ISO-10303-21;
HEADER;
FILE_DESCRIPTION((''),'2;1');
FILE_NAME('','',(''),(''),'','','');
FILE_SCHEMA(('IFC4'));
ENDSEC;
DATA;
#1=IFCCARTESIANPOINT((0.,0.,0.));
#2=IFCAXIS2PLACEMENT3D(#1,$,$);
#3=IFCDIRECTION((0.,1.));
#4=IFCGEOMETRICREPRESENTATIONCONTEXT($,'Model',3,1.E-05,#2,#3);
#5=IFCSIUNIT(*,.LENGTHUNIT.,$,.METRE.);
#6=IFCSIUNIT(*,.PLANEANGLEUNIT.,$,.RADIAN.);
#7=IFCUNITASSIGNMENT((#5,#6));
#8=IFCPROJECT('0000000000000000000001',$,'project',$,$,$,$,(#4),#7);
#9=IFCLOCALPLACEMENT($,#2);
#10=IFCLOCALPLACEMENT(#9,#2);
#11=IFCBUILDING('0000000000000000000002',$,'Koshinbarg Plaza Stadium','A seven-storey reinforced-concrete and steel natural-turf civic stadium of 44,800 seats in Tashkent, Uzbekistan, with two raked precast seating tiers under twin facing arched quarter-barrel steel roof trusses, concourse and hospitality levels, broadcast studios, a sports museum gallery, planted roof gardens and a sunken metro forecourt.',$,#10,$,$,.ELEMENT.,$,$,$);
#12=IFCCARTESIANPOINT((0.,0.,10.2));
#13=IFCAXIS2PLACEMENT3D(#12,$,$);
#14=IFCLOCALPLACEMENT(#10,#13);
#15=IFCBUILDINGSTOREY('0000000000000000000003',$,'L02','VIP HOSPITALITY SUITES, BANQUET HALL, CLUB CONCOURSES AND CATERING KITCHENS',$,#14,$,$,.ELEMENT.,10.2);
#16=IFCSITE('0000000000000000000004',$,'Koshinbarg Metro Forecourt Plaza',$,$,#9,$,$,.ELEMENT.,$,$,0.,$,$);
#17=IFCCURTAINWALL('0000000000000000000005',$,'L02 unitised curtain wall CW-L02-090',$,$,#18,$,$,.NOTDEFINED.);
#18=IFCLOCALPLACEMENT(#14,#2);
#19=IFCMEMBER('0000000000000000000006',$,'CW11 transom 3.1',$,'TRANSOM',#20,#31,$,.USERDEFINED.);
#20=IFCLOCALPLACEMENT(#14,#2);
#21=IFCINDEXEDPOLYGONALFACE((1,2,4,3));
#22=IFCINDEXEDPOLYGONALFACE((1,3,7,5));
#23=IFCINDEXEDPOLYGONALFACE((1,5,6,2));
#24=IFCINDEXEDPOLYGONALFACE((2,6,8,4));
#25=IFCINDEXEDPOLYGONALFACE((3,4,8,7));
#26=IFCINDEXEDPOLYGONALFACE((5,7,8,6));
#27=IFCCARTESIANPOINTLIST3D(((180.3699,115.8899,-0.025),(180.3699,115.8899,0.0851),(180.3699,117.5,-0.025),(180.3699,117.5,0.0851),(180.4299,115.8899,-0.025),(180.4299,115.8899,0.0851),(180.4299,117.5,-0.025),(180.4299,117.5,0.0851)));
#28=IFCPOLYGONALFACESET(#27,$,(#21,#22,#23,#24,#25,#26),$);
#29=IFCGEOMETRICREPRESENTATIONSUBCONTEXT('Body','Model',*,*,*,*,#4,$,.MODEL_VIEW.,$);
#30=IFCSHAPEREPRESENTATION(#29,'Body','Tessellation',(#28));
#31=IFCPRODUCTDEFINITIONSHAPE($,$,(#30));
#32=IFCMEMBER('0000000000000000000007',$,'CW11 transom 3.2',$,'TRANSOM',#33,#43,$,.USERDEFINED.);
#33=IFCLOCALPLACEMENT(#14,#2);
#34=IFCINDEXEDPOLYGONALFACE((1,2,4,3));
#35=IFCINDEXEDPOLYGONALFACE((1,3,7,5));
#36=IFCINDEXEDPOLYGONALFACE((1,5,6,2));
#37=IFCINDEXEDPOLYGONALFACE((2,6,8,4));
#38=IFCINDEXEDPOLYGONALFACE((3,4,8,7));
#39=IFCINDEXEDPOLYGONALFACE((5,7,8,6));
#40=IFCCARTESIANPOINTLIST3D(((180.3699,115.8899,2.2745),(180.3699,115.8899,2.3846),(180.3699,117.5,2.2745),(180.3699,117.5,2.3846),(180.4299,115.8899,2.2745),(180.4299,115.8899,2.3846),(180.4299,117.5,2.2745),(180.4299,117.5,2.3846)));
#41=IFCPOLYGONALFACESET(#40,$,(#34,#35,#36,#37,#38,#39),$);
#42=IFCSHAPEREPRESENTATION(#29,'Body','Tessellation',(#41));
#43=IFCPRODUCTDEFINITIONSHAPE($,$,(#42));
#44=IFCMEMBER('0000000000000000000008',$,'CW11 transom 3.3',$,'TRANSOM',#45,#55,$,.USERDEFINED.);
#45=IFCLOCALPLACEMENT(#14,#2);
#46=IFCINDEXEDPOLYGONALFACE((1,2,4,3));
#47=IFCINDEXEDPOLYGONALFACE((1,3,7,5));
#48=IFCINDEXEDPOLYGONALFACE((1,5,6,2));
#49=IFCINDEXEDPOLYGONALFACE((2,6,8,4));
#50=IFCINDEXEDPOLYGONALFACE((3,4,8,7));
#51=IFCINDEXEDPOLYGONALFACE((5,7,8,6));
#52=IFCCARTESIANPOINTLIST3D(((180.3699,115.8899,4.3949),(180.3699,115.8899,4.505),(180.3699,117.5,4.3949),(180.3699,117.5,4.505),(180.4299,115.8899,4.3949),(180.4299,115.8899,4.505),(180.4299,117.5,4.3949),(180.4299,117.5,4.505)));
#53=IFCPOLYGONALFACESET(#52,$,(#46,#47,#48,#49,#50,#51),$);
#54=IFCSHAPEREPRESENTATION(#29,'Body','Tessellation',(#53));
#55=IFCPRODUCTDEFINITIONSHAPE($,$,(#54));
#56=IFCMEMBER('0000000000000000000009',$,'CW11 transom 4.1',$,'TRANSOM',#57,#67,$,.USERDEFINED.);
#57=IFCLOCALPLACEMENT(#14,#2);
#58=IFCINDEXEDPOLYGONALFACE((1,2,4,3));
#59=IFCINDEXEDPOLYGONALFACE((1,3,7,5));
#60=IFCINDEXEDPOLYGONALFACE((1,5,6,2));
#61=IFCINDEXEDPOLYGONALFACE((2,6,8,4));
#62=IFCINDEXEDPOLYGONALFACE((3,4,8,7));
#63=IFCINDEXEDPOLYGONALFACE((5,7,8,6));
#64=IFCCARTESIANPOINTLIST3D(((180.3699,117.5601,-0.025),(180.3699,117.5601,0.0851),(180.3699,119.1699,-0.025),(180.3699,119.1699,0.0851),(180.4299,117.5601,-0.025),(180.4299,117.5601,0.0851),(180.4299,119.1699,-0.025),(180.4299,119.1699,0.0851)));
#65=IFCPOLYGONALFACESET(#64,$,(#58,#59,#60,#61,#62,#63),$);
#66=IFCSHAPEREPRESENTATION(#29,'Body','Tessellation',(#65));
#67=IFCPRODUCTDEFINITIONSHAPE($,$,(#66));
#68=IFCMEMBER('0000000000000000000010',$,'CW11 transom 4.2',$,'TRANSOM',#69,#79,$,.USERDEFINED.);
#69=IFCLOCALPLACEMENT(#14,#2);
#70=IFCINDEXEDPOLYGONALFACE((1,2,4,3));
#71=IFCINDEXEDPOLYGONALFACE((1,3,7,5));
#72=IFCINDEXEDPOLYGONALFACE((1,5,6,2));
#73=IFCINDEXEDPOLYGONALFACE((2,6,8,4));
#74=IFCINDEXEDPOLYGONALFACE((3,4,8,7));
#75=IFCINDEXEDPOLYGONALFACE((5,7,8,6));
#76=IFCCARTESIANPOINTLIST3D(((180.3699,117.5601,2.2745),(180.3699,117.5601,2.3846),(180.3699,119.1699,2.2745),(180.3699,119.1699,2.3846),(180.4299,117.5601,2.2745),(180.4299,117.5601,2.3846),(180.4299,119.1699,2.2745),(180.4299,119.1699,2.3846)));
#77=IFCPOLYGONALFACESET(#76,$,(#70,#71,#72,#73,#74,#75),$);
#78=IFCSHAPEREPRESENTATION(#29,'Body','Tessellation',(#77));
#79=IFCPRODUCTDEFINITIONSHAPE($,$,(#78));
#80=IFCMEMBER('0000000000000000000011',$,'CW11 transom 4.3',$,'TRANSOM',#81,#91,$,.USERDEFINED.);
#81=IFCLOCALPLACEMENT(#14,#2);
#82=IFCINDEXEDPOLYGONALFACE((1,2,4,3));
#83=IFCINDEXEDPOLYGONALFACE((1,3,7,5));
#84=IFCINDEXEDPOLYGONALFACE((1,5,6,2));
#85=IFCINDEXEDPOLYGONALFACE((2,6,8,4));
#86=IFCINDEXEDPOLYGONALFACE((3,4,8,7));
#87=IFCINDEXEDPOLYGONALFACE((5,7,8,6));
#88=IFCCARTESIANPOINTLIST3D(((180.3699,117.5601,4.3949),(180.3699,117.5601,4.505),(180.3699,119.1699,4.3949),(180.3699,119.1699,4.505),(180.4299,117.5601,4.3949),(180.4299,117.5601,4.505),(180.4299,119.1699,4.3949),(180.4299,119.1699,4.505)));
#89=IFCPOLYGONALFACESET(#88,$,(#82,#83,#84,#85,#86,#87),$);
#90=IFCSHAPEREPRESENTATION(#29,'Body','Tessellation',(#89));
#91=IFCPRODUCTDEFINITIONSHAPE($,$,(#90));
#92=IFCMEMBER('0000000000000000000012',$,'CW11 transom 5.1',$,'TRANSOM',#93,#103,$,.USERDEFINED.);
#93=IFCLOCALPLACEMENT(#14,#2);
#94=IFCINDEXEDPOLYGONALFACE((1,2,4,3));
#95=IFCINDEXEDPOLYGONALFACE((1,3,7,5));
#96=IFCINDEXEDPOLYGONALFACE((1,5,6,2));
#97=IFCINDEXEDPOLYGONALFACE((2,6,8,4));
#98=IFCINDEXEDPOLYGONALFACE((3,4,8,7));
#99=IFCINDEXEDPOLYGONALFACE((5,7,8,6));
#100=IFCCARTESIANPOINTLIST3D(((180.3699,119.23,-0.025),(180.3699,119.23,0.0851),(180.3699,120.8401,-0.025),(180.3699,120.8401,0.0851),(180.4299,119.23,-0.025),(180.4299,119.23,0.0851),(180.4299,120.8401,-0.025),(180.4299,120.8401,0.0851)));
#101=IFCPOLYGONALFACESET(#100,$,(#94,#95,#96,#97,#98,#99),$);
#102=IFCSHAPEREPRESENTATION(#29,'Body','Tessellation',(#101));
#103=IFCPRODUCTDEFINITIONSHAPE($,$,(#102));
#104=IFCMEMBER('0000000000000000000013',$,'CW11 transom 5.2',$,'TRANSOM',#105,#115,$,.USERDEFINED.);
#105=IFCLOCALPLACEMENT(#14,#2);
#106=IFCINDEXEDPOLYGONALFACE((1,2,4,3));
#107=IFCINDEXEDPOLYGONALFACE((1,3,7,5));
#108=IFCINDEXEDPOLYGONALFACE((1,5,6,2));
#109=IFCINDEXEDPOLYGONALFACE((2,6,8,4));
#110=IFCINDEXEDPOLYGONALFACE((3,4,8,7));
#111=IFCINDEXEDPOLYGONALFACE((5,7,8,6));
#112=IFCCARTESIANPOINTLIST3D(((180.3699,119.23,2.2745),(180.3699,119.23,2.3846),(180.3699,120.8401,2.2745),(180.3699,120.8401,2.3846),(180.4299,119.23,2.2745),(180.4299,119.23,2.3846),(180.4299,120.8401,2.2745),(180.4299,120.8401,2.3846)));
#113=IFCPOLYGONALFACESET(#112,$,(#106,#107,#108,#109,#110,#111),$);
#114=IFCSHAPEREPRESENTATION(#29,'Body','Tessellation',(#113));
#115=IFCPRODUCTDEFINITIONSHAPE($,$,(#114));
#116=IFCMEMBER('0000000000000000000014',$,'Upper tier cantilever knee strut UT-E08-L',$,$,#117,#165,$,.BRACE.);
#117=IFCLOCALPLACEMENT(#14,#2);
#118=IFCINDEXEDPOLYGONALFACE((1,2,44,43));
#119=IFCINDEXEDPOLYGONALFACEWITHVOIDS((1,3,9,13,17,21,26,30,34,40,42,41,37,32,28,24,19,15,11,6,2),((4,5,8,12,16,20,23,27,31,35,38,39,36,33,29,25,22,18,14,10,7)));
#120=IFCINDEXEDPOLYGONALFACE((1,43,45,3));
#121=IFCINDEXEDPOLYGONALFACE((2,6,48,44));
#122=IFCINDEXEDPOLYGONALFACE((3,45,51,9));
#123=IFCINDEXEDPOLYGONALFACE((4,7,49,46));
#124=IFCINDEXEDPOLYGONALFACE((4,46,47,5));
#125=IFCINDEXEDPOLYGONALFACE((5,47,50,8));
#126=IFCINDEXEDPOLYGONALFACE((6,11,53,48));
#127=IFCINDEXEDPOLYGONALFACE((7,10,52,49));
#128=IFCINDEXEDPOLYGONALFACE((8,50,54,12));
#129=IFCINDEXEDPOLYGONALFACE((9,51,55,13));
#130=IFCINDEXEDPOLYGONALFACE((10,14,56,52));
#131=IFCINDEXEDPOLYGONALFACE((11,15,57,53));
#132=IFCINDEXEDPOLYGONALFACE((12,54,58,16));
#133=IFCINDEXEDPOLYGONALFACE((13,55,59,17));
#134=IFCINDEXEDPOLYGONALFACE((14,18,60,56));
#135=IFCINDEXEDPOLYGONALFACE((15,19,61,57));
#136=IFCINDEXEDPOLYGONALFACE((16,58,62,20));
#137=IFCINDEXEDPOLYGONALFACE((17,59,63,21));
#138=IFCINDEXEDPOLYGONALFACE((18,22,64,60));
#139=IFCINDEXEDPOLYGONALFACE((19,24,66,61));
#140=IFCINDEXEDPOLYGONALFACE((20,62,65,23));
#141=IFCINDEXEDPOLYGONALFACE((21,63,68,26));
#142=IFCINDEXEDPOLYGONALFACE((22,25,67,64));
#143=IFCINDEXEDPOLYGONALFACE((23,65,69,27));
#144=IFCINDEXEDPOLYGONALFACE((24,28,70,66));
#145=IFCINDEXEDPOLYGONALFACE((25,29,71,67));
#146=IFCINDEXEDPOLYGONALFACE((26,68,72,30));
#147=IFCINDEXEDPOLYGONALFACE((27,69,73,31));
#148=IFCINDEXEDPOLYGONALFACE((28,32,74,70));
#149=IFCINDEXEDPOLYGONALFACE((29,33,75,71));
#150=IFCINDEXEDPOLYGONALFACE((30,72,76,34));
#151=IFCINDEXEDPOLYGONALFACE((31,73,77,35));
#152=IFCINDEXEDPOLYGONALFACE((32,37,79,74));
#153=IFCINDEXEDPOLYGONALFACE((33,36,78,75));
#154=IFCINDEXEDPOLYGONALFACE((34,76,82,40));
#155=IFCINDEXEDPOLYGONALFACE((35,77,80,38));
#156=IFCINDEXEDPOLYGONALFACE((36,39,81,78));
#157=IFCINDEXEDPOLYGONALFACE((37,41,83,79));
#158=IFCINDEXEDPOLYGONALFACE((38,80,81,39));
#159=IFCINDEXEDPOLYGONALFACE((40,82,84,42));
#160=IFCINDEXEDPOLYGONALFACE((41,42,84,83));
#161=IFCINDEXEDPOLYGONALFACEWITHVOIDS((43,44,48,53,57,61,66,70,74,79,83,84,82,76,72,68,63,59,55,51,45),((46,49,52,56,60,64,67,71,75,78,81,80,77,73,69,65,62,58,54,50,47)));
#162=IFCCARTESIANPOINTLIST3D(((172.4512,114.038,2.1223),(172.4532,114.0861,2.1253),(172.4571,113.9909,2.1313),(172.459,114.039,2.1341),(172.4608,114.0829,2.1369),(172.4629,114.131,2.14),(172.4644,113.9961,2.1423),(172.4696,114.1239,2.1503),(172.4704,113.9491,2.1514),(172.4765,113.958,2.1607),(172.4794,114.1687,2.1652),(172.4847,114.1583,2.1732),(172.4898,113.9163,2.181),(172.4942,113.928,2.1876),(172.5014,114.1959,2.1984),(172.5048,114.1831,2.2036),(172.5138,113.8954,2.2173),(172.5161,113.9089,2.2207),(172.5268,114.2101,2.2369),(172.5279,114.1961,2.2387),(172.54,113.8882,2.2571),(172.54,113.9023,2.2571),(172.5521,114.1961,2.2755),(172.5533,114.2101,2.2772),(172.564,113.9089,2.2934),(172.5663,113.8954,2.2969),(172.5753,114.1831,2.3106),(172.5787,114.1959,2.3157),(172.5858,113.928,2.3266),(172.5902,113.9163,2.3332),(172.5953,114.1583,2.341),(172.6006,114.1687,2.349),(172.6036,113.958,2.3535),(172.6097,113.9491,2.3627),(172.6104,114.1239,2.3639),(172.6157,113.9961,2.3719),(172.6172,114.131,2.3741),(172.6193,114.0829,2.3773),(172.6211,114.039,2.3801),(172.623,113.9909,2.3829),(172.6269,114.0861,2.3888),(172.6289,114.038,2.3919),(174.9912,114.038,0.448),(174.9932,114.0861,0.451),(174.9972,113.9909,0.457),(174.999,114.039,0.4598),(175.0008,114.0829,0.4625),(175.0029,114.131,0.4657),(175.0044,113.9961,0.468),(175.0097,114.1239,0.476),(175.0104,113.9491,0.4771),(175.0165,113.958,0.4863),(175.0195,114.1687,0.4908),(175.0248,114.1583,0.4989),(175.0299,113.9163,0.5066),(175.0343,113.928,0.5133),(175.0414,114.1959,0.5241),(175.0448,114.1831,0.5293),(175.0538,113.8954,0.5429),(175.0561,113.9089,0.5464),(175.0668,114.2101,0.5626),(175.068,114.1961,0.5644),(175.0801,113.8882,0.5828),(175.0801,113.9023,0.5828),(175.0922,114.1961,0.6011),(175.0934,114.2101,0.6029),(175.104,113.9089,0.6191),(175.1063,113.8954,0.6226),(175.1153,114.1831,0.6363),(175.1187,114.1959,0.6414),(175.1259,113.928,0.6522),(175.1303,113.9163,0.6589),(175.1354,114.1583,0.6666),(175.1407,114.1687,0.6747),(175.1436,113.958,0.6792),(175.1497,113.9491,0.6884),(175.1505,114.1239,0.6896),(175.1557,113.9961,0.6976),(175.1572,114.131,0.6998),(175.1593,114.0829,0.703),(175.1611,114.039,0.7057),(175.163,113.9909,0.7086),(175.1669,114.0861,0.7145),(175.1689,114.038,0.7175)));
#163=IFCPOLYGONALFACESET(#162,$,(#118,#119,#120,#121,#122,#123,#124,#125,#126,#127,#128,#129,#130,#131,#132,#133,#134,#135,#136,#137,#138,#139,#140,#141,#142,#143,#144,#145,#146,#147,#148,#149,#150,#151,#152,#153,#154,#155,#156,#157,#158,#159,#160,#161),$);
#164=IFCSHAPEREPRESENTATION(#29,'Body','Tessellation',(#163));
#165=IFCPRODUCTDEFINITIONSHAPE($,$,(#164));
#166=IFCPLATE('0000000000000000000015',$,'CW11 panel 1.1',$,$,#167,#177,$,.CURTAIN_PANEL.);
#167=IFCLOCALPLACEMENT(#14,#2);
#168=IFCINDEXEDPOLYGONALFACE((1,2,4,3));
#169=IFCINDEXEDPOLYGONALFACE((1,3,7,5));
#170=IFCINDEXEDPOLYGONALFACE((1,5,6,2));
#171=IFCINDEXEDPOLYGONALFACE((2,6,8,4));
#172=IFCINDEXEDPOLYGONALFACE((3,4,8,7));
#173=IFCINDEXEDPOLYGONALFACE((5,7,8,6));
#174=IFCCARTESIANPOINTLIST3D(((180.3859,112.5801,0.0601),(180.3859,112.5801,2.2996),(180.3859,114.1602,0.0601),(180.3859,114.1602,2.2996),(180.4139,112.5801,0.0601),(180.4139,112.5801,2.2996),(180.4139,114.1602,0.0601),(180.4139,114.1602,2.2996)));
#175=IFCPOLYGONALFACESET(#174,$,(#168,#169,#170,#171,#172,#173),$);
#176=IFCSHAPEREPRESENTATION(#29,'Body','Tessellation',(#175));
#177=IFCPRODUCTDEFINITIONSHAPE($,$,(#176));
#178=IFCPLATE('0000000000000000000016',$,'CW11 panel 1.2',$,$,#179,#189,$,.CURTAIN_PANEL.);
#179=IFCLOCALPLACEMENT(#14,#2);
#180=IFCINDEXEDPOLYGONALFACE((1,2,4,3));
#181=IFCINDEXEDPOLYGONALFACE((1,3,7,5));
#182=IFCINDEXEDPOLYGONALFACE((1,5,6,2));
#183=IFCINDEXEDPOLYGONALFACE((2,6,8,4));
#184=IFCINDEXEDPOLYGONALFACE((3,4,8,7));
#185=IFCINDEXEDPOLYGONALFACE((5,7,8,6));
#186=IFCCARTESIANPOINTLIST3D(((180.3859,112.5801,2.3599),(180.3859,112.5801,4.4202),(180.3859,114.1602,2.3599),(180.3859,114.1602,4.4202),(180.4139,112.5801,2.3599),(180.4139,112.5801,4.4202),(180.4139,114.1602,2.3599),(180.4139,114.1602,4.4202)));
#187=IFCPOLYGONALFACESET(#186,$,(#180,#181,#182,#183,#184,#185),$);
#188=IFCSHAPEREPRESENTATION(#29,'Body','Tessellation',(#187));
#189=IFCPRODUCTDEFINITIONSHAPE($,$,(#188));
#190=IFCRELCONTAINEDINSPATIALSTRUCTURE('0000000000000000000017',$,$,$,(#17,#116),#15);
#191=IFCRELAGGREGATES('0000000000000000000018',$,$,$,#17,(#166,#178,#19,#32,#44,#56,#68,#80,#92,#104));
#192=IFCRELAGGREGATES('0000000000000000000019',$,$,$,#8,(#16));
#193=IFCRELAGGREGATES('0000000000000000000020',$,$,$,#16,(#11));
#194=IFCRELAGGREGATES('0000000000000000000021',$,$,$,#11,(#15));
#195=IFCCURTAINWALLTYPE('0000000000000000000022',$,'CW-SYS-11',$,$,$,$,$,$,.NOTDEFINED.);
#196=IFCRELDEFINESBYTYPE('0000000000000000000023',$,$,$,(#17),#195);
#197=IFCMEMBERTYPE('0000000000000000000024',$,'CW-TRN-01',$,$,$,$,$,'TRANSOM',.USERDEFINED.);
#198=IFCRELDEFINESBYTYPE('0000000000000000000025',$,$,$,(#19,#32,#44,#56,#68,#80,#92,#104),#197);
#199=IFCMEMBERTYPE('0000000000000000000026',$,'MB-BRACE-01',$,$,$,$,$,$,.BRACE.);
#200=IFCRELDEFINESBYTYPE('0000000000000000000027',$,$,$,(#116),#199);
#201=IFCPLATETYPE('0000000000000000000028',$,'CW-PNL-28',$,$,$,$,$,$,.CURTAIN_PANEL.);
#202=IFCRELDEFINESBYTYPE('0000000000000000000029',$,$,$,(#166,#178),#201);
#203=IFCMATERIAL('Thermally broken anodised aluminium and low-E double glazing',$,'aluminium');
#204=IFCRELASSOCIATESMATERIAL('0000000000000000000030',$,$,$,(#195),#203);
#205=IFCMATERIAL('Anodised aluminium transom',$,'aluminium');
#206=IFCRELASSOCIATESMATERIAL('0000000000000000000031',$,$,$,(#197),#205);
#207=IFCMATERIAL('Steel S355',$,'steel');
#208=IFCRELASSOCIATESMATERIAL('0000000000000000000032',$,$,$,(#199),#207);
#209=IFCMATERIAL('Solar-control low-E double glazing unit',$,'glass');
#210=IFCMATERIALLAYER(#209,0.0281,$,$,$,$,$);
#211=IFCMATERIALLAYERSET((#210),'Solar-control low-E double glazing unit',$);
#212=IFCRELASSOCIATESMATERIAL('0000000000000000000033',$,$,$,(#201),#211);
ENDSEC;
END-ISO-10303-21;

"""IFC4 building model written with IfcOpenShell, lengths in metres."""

from ifc_helpers import new_model, si_unit, direction, frame, origin, origin_2d, place, context, subcontext, project, spatial, rectangle, hollow_circle, extrude, material, layer, layer_set, material_profile, profile_set, type_object, element, aggregate, save


model = new_model("IFC4")

# Units and contexts
model_context = context("Model", 3, precision=1e-05, world=origin(), true_north=direction((0.0, 1.0)))
body_context = subcontext(model_context, "Body", "Model", "MODEL_VIEW")
ifc_project = project(units=[si_unit("LENGTHUNIT", "METRE"), si_unit("PLANEANGLEUNIT", "RADIAN")], contexts=[model_context])

# Site, building, storey
site_placement = place(None, origin())
site = spatial("IfcSite", under=ifc_project, at=site_placement, Name="Koshinbarg Metro Forecourt Plaza", CompositionType="ELEMENT", RefElevation=0.0)
building_placement = place(site_placement, origin())
building = spatial("IfcBuilding", under=site, at=building_placement, Name="Koshinbarg Plaza Stadium", Description="A seven-storey reinforced-concrete and steel natural-turf civic stadium of 44,800 seats in Tashkent, Uzbekistan, with two raked precast seating tiers under twin facing arched quarter-barrel steel roof trusses, concourse and hospitality levels, broadcast studios, a sports museum gallery, planted roof gardens and a sunken metro forecourt.", CompositionType="ELEMENT")
storey_placement = place(building_placement, frame((0.0, 0.0, 10.2)))
storey = spatial("IfcBuildingStorey", under=building, at=storey_placement, Name="L02", Description="VIP HOSPITALITY SUITES, BANQUET HALL, CLUB CONCOURSES AND CATERING KITCHENS", CompositionType="ELEMENT", Elevation=10.2)

# Curtain wall, members
ifc_material_1 = material(Name="Thermally broken anodised aluminium and low-E double glazing", Category="aluminium")
curtain_wall_type = type_object("IfcCurtainWallType", Name="CW-SYS-11", PredefinedType="NOTDEFINED", material=ifc_material_1)
curtain_wall_placement = place(storey_placement, origin())
curtain_wall = element("IfcCurtainWall", 1, at=curtain_wall_placement, inside=storey, type_object=curtain_wall_type, Name="L02 unitised curtain wall CW-L02-090", PredefinedType="NOTDEFINED")
ifc_material_2 = material(Name="Anodised aluminium transom", Category="aluminium")
ifc_material_profile_1 = material_profile(ifc_material_2, rectangle(XDim=0.0601, YDim=0.1101, at=origin_2d()), Name="ALU 60x110")
ifc_profile_set_1 = profile_set([ifc_material_profile_1], Name="Anodised aluminium transom")
member_type_1 = type_object("IfcMemberType", Name="CW-TRN-01", ElementType="TRANSOM", PredefinedType="USERDEFINED", material=ifc_profile_set_1)
member_1_placement = place(storey_placement, frame((180.3999, 115.8899, 0.03), z_axis=(0.0, 1.0, 0.0), x_axis=(-1.0, 0.0, 0.0)))
member_1 = element("IfcMember", 2, at=member_1_placement, type_object=member_type_1, Name="CW11 transom 3.1", ObjectType="TRANSOM", PredefinedType="USERDEFINED", context=body_context, shape_type="SweptSolid", body=[
    extrude(rectangle(XDim=0.0601, YDim=0.1101, at=origin_2d()), origin(), (0.0, 0.0, 1.0), 1.6101),
])
member_2_placement = place(storey_placement, frame((180.3999, 115.8899, 2.3296), z_axis=(0.0, 1.0, 0.0), x_axis=(-1.0, 0.0, 0.0)))
member_2 = element("IfcMember", 3, at=member_2_placement, type_object=member_type_1, Name="CW11 transom 3.2", ObjectType="TRANSOM", PredefinedType="USERDEFINED", context=body_context, shape_type="SweptSolid", body=[
    extrude(rectangle(XDim=0.0601, YDim=0.1101, at=origin_2d()), origin(), (0.0, 0.0, 1.0), 1.6101),
])
member_3_placement = place(storey_placement, frame((180.3999, 115.8899, 4.45), z_axis=(0.0, 1.0, 0.0), x_axis=(-1.0, 0.0, 0.0)))
member_3 = element("IfcMember", 4, at=member_3_placement, type_object=member_type_1, Name="CW11 transom 3.3", ObjectType="TRANSOM", PredefinedType="USERDEFINED", context=body_context, shape_type="SweptSolid", body=[
    extrude(rectangle(XDim=0.0601, YDim=0.1101, at=origin_2d()), origin(), (0.0, 0.0, 1.0), 1.6101),
])
member_4_placement = place(storey_placement, frame((180.3999, 117.5601, 0.03), z_axis=(0.0, 1.0, 0.0), x_axis=(-1.0, 0.0, 0.0)))
member_4 = element("IfcMember", 5, at=member_4_placement, type_object=member_type_1, Name="CW11 transom 4.1", ObjectType="TRANSOM", PredefinedType="USERDEFINED", context=body_context, shape_type="SweptSolid", body=[
    extrude(rectangle(XDim=0.0601, YDim=0.1101, at=origin_2d()), origin(), (0.0, 0.0, 1.0), 1.6099),
])
member_5_placement = place(storey_placement, frame((180.3999, 117.5601, 2.3296), z_axis=(0.0, 1.0, 0.0), x_axis=(-1.0, 0.0, 0.0)))
member_5 = element("IfcMember", 6, at=member_5_placement, type_object=member_type_1, Name="CW11 transom 4.2", ObjectType="TRANSOM", PredefinedType="USERDEFINED", context=body_context, shape_type="SweptSolid", body=[
    extrude(rectangle(XDim=0.0601, YDim=0.1101, at=origin_2d()), origin(), (0.0, 0.0, 1.0), 1.6099),
])
member_6_placement = place(storey_placement, frame((180.3999, 117.5601, 4.45), z_axis=(0.0, 1.0, 0.0), x_axis=(-1.0, 0.0, 0.0)))
member_6 = element("IfcMember", 7, at=member_6_placement, type_object=member_type_1, Name="CW11 transom 4.3", ObjectType="TRANSOM", PredefinedType="USERDEFINED", context=body_context, shape_type="SweptSolid", body=[
    extrude(rectangle(XDim=0.0601, YDim=0.1101, at=origin_2d()), origin(), (0.0, 0.0, 1.0), 1.6099),
])
member_7_placement = place(storey_placement, frame((180.3999, 119.23, 0.03), z_axis=(0.0, 1.0, 0.0), x_axis=(-1.0, 0.0, 0.0)))
member_7 = element("IfcMember", 8, at=member_7_placement, type_object=member_type_1, Name="CW11 transom 5.1", ObjectType="TRANSOM", PredefinedType="USERDEFINED", context=body_context, shape_type="SweptSolid", body=[
    extrude(rectangle(XDim=0.0601, YDim=0.1101, at=origin_2d()), origin(), (0.0, 0.0, 1.0), 1.6101),
])
member_8_placement = place(storey_placement, frame((180.3999, 119.23, 2.3296), z_axis=(0.0, 1.0, 0.0), x_axis=(-1.0, 0.0, 0.0)))
member_8 = element("IfcMember", 9, at=member_8_placement, type_object=member_type_1, Name="CW11 transom 5.2", ObjectType="TRANSOM", PredefinedType="USERDEFINED", context=body_context, shape_type="SweptSolid", body=[
    extrude(rectangle(XDim=0.0601, YDim=0.1101, at=origin_2d()), origin(), (0.0, 0.0, 1.0), 1.6101),
])

# Member
ifc_material_3 = material(Name="Steel S355", Category="steel")
ifc_material_profile_2 = material_profile(ifc_material_3, hollow_circle(Radius=0.1619, WallThickness=0.0142, at=origin_2d()), Name="CHS 323.9x14.2")
ifc_profile_set_2 = profile_set([ifc_material_profile_2], Name="Steel S355")
member_type_2 = type_object("IfcMemberType", Name="MB-BRACE-01", PredefinedType="BRACE", material=ifc_profile_set_2)
member_9_placement = place(storey_placement, frame((175.0801, 114.05, 0.5828), z_axis=(-0.834928, 0.0, 0.550359), x_axis=(0.0, -1.0, 0.0)))
element("IfcMember", 10, at=member_9_placement, inside=storey, type_object=member_type_2, Name="Upper tier cantilever knee strut UT-E08-L", PredefinedType="BRACE", context=body_context, shape_type="SweptSolid", body=[
    extrude(hollow_circle(Radius=0.1619, WallThickness=0.0142, at=origin_2d()), origin(), (0.0, 0.0, 1.0), 3.0422),
])

# Plates
ifc_material_4 = material(Name="Solar-control low-E double glazing unit", Category="glass")
ifc_layer = layer(ifc_material_4, 0.0281)
ifc_layer_set = layer_set([ifc_layer], Name="Solar-control low-E double glazing unit")
plate_type = type_object("IfcPlateType", Name="CW-PNL-28", PredefinedType="CURTAIN_PANEL", material=ifc_layer_set)
plate_1_placement = place(storey_placement, frame((180.3999, 113.3701, 0.0601), z_axis=(0.0, 0.0, 1.0), x_axis=(0.0, 1.0, 0.0)))
plate_1 = element("IfcPlate", 11, at=plate_1_placement, type_object=plate_type, Name="CW11 panel 1.1", PredefinedType="CURTAIN_PANEL", context=body_context, shape_type="SweptSolid", body=[
    extrude(rectangle(XDim=1.5801, YDim=0.0281, at=origin_2d()), origin(), (0.0, 0.0, 1.0), 2.2395),
])
plate_2_placement = place(storey_placement, frame((180.3999, 113.3701, 2.3599), z_axis=(0.0, 0.0, 1.0), x_axis=(0.0, 1.0, 0.0)))
plate_2 = element("IfcPlate", 12, at=plate_2_placement, type_object=plate_type, Name="CW11 panel 1.2", PredefinedType="CURTAIN_PANEL", context=body_context, shape_type="SweptSolid", body=[
    extrude(rectangle(XDim=1.5801, YDim=0.0281, at=origin_2d()), origin(), (0.0, 0.0, 1.0), 2.0603),
])
aggregate(curtain_wall, [plate_1, plate_2, member_1, member_2, member_3, member_4, member_5, member_6, member_7, member_8])

save(model, "model.ifc")
